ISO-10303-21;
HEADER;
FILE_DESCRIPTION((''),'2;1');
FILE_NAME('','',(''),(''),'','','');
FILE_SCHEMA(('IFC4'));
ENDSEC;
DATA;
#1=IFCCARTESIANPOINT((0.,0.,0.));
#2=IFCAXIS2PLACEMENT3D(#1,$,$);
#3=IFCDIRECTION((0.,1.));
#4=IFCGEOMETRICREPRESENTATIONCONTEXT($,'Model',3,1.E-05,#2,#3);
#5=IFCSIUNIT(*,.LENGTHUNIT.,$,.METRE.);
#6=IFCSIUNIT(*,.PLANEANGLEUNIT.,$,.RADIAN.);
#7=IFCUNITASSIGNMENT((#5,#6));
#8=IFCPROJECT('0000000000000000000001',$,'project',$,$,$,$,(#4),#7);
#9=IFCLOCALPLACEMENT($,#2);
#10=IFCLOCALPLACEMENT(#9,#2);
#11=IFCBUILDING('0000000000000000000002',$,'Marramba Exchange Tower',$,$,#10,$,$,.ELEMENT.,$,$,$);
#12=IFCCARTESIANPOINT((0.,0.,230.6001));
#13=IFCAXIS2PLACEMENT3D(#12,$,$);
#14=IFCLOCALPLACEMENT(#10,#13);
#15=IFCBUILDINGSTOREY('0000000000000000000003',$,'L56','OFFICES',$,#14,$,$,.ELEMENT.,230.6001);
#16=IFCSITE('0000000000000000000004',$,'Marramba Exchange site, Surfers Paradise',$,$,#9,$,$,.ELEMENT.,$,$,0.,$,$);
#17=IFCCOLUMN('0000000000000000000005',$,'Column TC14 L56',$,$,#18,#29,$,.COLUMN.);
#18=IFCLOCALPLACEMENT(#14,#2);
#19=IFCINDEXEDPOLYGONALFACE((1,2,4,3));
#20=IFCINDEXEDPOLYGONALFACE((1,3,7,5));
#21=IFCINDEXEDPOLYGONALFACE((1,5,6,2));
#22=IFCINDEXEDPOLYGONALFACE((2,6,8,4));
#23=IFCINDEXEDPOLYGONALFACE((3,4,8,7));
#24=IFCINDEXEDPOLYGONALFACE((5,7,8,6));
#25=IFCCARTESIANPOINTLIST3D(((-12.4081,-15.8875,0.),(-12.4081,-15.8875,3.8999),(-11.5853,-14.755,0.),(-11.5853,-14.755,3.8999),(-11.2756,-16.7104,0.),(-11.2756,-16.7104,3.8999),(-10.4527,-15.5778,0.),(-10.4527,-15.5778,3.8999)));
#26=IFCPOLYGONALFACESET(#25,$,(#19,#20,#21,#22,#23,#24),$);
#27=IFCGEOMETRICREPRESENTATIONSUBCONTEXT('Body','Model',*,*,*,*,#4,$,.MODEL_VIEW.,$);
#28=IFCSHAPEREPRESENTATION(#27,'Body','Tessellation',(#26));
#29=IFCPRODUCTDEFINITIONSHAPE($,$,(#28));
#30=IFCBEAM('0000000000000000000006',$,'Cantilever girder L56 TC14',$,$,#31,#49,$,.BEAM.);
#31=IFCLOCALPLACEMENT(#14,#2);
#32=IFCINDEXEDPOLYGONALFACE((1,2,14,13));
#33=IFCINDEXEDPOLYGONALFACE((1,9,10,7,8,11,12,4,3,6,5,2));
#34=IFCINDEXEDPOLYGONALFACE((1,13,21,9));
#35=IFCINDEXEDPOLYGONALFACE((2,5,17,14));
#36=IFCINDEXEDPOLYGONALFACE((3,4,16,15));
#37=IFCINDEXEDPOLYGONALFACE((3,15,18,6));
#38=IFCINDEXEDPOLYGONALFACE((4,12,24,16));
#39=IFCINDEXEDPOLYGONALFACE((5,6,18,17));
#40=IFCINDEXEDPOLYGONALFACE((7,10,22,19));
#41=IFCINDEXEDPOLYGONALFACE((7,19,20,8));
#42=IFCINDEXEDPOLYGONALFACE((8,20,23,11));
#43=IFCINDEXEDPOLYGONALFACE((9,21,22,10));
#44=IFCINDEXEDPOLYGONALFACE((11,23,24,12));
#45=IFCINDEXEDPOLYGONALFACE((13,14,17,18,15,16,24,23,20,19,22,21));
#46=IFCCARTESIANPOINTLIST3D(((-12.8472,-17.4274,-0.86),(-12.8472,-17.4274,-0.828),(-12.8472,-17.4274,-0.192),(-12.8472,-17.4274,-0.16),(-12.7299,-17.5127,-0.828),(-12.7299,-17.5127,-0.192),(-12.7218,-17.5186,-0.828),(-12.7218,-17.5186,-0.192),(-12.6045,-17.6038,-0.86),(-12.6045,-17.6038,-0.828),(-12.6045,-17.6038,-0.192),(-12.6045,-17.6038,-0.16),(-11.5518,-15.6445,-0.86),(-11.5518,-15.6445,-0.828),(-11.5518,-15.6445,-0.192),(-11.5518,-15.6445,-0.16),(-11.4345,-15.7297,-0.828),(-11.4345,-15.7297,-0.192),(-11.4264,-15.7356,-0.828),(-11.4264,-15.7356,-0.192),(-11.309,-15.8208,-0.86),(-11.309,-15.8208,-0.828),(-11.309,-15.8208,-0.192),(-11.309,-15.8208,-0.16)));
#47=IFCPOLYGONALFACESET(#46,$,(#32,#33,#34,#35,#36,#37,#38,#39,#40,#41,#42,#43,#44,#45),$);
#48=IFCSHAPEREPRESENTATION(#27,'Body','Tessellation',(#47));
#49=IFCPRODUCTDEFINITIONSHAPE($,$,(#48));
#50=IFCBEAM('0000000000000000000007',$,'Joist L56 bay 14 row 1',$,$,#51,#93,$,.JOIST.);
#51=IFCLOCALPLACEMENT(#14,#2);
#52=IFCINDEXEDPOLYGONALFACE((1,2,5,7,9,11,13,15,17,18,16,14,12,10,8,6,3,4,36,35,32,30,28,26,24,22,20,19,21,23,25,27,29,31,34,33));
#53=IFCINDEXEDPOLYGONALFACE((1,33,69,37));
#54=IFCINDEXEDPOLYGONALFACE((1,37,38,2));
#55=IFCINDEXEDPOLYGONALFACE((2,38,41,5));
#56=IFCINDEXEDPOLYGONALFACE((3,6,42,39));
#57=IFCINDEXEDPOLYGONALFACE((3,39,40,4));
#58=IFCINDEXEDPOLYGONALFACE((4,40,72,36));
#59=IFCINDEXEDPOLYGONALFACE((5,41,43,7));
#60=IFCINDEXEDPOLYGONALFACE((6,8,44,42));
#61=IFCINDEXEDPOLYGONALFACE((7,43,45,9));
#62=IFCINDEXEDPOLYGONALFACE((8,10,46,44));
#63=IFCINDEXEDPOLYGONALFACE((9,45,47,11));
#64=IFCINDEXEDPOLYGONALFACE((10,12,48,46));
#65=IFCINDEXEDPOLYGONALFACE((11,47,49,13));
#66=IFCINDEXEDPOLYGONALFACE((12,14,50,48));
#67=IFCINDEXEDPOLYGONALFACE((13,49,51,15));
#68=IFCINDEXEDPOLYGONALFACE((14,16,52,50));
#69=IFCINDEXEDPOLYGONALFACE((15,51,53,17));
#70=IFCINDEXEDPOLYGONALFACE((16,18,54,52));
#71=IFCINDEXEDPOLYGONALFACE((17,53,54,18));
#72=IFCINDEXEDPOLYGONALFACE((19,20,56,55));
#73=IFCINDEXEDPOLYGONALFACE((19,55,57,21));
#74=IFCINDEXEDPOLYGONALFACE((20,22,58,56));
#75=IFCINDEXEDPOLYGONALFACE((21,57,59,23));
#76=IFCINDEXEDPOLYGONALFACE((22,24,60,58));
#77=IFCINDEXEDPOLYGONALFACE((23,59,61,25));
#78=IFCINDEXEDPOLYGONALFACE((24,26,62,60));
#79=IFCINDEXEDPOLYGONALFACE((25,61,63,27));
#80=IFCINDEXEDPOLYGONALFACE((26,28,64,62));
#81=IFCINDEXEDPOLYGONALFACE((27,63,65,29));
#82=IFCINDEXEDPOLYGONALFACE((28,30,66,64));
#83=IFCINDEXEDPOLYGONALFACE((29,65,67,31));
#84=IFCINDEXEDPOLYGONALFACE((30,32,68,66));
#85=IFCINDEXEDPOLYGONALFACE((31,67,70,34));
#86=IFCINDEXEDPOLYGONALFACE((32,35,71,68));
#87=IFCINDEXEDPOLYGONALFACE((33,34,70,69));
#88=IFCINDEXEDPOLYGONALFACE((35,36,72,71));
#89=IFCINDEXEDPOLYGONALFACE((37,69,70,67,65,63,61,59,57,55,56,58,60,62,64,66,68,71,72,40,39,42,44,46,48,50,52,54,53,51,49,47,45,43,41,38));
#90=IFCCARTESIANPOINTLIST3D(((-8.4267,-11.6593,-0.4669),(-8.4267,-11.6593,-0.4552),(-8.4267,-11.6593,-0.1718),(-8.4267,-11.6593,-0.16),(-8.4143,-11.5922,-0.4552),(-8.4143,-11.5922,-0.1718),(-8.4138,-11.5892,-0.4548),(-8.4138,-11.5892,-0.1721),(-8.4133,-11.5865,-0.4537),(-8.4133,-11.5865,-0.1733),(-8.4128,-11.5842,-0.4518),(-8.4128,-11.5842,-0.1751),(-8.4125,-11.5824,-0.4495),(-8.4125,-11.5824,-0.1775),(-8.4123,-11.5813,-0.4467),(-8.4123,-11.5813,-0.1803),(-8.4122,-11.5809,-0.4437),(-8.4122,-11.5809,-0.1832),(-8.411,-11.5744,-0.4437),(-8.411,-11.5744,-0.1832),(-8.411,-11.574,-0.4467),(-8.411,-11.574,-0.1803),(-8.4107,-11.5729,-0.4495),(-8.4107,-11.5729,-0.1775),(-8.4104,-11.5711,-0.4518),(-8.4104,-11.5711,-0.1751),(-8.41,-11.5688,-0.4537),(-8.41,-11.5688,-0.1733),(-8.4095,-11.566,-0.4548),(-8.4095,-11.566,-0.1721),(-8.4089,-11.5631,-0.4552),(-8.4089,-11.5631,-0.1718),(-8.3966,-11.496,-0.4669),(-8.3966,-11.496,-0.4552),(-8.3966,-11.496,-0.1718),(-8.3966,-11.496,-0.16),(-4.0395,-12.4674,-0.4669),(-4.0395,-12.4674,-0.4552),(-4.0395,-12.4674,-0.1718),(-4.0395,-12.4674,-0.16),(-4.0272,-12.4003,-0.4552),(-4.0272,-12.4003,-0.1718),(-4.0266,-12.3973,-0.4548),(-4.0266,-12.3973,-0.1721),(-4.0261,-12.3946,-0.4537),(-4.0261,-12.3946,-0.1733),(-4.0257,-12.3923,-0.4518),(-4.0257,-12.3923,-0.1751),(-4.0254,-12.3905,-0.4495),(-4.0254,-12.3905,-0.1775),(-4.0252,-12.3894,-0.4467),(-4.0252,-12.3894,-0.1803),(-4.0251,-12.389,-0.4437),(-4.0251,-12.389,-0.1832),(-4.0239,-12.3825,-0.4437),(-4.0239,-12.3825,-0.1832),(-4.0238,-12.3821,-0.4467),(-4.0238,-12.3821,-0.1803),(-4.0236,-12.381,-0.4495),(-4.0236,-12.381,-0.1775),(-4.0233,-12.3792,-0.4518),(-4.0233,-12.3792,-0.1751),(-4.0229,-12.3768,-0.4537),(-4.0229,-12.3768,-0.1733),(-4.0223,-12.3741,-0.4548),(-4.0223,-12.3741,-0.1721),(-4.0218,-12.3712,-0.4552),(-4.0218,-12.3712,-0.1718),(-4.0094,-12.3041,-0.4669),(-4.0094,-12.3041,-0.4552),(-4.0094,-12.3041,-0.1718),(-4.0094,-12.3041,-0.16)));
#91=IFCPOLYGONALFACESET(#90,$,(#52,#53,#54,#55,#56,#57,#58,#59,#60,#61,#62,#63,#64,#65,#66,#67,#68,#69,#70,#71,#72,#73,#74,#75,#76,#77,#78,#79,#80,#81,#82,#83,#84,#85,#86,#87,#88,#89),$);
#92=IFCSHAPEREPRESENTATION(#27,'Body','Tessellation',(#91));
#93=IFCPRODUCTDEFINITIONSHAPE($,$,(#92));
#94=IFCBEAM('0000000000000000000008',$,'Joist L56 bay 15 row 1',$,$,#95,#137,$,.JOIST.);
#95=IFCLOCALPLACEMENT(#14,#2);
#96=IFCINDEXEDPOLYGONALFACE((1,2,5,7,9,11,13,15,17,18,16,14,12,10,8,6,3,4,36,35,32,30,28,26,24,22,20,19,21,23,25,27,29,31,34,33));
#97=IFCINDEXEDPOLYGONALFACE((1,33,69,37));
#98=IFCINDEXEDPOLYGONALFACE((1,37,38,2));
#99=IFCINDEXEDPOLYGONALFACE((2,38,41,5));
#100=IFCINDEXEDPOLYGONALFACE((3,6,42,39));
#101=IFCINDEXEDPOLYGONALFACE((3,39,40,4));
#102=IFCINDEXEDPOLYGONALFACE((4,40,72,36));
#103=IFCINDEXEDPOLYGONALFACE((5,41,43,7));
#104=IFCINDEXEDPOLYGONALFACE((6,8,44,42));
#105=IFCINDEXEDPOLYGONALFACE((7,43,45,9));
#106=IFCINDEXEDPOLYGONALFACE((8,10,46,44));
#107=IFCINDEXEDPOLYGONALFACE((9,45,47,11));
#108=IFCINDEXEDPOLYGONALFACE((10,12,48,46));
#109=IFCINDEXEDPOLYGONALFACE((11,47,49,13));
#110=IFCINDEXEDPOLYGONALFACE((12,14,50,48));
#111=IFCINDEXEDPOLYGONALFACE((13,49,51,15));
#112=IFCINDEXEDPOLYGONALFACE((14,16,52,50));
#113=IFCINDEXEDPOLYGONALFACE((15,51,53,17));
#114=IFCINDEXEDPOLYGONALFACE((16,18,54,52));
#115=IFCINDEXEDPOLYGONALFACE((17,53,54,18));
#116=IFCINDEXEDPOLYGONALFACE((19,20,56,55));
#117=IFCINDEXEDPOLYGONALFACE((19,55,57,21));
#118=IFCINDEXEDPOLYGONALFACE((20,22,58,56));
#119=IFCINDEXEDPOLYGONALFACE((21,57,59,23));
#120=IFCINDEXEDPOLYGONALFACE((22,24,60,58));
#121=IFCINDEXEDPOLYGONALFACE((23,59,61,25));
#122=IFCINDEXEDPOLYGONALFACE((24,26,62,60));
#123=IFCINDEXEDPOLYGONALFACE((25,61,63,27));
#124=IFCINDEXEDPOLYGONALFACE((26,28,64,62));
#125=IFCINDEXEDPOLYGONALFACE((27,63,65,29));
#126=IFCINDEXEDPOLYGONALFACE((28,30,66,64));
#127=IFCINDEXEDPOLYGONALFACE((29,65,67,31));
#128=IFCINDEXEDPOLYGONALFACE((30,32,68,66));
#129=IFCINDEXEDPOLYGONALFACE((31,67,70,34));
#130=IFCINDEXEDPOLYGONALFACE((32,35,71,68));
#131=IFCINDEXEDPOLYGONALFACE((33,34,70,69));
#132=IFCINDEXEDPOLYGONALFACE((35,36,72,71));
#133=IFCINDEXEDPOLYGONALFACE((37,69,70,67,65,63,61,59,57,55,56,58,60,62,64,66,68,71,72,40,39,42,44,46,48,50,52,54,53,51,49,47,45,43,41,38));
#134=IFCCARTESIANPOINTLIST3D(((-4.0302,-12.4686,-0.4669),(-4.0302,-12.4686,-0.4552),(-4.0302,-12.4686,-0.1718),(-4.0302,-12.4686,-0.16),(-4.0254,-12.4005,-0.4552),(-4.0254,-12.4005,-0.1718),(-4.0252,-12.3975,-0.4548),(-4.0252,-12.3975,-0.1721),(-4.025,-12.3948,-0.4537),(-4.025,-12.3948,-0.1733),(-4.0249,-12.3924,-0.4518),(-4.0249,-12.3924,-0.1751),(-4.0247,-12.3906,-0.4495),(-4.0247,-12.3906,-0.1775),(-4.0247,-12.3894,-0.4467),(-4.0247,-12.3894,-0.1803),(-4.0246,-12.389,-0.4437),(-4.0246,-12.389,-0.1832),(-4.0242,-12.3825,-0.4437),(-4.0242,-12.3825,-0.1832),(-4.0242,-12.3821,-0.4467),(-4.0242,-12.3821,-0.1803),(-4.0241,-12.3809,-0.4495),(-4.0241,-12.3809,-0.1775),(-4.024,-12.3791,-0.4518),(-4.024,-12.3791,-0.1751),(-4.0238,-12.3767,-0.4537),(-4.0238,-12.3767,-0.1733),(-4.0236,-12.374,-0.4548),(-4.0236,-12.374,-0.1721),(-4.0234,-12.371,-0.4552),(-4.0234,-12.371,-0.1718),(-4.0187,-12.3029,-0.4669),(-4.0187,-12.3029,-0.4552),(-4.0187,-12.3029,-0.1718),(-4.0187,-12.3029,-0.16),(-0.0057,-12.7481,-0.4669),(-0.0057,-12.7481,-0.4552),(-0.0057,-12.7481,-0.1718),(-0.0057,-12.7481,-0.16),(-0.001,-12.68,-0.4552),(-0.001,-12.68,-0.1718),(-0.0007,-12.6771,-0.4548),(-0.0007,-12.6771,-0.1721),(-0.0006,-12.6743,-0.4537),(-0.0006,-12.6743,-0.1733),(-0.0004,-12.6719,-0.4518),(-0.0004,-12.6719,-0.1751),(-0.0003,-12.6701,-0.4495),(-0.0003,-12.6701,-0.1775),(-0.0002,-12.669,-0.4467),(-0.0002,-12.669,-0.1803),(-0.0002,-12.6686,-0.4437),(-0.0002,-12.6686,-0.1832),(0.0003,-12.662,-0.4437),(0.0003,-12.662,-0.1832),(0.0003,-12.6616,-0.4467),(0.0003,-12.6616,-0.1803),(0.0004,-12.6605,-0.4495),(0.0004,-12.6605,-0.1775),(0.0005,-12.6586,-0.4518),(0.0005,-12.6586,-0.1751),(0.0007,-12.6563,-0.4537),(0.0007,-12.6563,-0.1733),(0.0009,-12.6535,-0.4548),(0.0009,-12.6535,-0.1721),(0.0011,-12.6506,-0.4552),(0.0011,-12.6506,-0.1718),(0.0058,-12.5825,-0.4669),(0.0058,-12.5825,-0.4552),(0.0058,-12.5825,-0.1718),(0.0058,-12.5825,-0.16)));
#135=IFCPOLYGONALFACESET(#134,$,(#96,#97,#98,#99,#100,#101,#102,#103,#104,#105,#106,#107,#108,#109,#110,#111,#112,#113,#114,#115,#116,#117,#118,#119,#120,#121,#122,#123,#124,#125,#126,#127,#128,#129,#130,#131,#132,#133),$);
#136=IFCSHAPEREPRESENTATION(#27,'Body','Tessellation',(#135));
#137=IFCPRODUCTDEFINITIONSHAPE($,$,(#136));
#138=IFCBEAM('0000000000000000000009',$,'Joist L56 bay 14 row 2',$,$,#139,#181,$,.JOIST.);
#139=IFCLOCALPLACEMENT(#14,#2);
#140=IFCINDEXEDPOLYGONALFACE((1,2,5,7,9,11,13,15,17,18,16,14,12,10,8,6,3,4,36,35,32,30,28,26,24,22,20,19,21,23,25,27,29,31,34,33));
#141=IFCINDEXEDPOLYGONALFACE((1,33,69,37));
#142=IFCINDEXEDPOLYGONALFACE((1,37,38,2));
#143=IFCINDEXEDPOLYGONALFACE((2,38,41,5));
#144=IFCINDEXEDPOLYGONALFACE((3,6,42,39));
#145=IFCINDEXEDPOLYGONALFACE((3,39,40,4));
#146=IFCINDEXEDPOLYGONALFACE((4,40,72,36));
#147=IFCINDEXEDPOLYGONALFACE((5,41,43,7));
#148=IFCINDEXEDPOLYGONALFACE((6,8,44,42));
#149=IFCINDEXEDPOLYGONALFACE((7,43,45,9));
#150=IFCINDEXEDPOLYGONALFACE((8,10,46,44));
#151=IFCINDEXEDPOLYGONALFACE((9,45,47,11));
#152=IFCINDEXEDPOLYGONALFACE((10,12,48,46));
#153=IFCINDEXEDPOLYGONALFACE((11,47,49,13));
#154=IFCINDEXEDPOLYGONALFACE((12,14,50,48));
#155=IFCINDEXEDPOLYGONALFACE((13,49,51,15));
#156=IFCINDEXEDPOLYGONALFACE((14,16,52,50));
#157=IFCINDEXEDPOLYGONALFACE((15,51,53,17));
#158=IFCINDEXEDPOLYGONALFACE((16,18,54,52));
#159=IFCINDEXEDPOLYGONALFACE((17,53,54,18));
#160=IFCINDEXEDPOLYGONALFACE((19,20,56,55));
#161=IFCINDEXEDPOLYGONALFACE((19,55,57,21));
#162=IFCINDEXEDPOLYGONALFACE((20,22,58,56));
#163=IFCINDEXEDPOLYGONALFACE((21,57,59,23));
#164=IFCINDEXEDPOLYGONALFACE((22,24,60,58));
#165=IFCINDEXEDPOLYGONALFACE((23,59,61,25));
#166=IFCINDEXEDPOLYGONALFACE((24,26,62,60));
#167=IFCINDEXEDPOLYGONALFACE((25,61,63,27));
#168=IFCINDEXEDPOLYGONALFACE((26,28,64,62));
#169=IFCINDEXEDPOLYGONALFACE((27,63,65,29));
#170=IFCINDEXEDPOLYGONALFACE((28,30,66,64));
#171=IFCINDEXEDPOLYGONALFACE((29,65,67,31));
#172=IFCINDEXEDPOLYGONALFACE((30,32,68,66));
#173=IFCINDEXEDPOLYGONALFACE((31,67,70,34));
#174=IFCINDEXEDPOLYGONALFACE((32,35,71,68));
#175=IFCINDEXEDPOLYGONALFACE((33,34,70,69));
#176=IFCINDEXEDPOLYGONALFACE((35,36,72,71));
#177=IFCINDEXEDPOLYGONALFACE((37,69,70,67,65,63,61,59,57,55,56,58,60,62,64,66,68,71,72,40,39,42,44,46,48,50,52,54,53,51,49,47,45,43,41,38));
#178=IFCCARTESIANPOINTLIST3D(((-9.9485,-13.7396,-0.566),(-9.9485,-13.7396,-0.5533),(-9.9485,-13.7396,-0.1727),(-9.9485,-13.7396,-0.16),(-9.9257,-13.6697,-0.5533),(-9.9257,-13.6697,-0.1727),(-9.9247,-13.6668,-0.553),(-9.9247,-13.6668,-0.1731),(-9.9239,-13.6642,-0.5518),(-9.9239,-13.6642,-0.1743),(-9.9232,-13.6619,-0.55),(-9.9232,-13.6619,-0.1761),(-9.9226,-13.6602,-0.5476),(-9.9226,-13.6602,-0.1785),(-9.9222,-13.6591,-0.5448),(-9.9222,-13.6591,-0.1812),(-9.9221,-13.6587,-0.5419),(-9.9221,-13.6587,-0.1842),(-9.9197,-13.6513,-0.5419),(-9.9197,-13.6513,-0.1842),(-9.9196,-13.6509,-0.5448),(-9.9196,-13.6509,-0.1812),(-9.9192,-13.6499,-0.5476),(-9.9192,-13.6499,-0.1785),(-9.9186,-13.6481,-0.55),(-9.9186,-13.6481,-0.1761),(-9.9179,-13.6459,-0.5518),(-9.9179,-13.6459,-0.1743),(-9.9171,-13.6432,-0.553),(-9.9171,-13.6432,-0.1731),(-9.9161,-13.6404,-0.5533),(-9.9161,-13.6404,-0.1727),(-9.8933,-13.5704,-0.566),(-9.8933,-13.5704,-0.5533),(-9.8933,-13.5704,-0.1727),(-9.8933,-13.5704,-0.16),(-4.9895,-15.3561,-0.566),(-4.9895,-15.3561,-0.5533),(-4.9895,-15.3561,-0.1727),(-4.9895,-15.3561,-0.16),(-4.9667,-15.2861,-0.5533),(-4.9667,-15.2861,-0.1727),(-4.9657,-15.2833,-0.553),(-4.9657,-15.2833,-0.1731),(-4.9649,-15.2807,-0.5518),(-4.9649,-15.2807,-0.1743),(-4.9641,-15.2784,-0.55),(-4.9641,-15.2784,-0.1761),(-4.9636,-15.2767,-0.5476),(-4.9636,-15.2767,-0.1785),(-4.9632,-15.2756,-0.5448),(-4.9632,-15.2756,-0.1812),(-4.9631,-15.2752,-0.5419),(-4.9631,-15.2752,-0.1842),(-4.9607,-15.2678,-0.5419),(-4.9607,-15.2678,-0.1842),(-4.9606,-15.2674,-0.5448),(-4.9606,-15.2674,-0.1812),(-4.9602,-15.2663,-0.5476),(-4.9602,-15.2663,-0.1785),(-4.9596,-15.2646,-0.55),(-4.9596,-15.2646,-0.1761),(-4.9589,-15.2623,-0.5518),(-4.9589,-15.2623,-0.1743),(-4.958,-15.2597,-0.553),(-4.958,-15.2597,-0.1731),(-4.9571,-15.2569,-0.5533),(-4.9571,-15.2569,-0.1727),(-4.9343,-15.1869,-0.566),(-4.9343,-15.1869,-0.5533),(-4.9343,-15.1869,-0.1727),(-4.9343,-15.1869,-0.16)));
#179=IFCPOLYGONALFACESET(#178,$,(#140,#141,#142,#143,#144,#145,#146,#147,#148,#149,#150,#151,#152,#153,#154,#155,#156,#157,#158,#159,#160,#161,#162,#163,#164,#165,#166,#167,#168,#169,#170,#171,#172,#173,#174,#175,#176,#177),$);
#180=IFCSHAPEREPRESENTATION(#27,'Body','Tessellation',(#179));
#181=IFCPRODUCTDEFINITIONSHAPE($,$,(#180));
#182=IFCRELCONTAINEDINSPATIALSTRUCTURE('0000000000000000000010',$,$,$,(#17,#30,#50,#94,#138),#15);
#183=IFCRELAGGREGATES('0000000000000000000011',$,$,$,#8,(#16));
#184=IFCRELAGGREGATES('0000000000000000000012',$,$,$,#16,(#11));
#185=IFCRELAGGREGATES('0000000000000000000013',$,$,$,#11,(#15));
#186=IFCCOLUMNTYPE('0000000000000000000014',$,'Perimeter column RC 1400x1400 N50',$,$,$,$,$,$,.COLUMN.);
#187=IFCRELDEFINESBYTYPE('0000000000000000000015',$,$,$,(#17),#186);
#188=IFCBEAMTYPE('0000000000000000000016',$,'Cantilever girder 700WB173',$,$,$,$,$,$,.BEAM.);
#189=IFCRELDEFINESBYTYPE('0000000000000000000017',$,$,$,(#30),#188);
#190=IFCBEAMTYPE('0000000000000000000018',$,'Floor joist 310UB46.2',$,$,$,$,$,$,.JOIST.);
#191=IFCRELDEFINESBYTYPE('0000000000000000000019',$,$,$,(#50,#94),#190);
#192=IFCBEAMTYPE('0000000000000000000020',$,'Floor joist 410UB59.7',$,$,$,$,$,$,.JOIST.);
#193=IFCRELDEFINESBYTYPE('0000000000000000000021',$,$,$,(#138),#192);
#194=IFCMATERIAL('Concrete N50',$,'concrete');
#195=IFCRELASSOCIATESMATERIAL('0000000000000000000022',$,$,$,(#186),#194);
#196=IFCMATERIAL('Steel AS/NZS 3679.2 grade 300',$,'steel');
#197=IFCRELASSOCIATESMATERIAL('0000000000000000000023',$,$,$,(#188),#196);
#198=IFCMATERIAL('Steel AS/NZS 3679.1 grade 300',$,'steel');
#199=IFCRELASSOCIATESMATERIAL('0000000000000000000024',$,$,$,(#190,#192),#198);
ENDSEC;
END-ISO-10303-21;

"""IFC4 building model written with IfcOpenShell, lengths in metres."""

from ifc_helpers import new_model, si_unit, direction, frame, origin, origin_2d, place, context, subcontext, project, spatial, rectangle, i_section, extrude, material, material_profile, profile_set, type_object, element, save


model = new_model("IFC4")

# Units and contexts
model_context = context("Model", 3, precision=1e-05, world=origin(), true_north=direction((0.0, 1.0)))
body_context = subcontext(model_context, "Body", "Model", "MODEL_VIEW")
ifc_project = project(units=[si_unit("LENGTHUNIT", "METRE"), si_unit("PLANEANGLEUNIT", "RADIAN")], contexts=[model_context])

# Site, building, storey
site_placement = place(None, origin())
site = spatial("IfcSite", under=ifc_project, at=site_placement, Name="Marramba Exchange site, Surfers Paradise", CompositionType="ELEMENT", RefElevation=0.0)
building_placement = place(site_placement, origin())
building = spatial("IfcBuilding", under=site, at=building_placement, Name="Marramba Exchange Tower", CompositionType="ELEMENT")
storey_placement = place(building_placement, frame((0.0, 0.0, 230.6001)))
storey = spatial("IfcBuildingStorey", under=building, at=storey_placement, Name="L56", Description="OFFICES", CompositionType="ELEMENT", Elevation=230.6001)

# Column
ifc_material_1 = material(Name="Concrete N50", Category="concrete")
ifc_material_profile_1 = material_profile(ifc_material_1, rectangle(XDim=1.3999, YDim=1.3999, at=origin_2d()), Name="RC 1400x1400")
ifc_profile_set_1 = profile_set([ifc_material_profile_1], Name="Concrete N50")
column_type = type_object("IfcColumnType", Name="Perimeter column RC 1400x1400 N50", PredefinedType="COLUMN", material=ifc_profile_set_1)
column_placement = place(storey_placement, frame((-11.4304, -15.7327, 0.0), z_axis=(0.0, 0.0, 1.0), x_axis=(-0.587785, -0.809017, 0.0)))
element("IfcColumn", 1, at=column_placement, inside=storey, type_object=column_type, Name="Column TC14 L56", PredefinedType="COLUMN", context=body_context, shape_type="SweptSolid", body=[
    extrude(rectangle(XDim=1.3999, YDim=1.3999, at=origin_2d()), origin(), (0.0, 0.0, 1.0), 3.8999),
])

# Beams
ifc_material_2 = material(Name="Steel AS/NZS 3679.2 grade 300", Category="steel")
ifc_material_profile_2 = material_profile(ifc_material_2, i_section(OverallWidth=0.3, OverallDepth=0.7, WebThickness=0.01, FlangeThickness=0.032, at=origin_2d()), Name="700WB173")
ifc_profile_set_2 = profile_set([ifc_material_profile_2], Name="Steel AS/NZS 3679.2 grade 300")
beam_type_1 = type_object("IfcBeamType", Name="Cantilever girder 700WB173", PredefinedType="BEAM", material=ifc_profile_set_2)
beam_1_placement = place(storey_placement, frame((-11.4304, -15.7327, -0.51), z_axis=(-0.58779, -0.809014, 0.0), x_axis=(0.809014, -0.58779, 0.0)))
element("IfcBeam", 2, at=beam_1_placement, inside=storey, type_object=beam_type_1, Name="Cantilever girder L56 TC14", PredefinedType="BEAM", context=body_context, shape_type="SweptSolid", body=[
    extrude(i_section(OverallWidth=0.3, OverallDepth=0.7, WebThickness=0.01, FlangeThickness=0.032, at=origin_2d()), origin(), (0.0, 0.0, 1.0), 2.2039),
])
ifc_material_3 = material(Name="Steel AS/NZS 3679.1 grade 300", Category="steel")
ifc_material_profile_3 = material_profile(ifc_material_3, i_section(OverallWidth=0.166, OverallDepth=0.3069, WebThickness=0.0066, FlangeThickness=0.0117, FilletRadius=0.0115, at=origin_2d()), Name="310UB46.2")
ifc_profile_set_3 = profile_set([ifc_material_profile_3], Name="Steel AS/NZS 3679.1 grade 300")
beam_type_2 = type_object("IfcBeamType", Name="Floor joist 310UB46.2", PredefinedType="JOIST", material=ifc_profile_set_3)
beam_2_placement = place(storey_placement, frame((-8.4116, -11.5776, -0.3135), z_axis=(0.983456, -0.181149, 0.0), x_axis=(0.181149, 0.983456, 0.0)))
element("IfcBeam", 3, at=beam_2_placement, inside=storey, type_object=beam_type_2, Name="Joist L56 bay 14 row 1", PredefinedType="JOIST", context=body_context, shape_type="SweptSolid", body=[
    extrude(i_section(OverallWidth=0.166, OverallDepth=0.3069, WebThickness=0.0066, FlangeThickness=0.0117, FilletRadius=0.0115, at=origin_2d()), origin(), (0.0, 0.0, 1.0), 4.4609),
])
beam_3_placement = place(storey_placement, frame((-4.0244, -12.3857, -0.3135), z_axis=(0.997596, -0.069294, 0.0), x_axis=(0.069294, 0.997596, 0.0)))
element("IfcBeam", 4, at=beam_3_placement, inside=storey, type_object=beam_type_2, Name="Joist L56 bay 15 row 1", PredefinedType="JOIST", context=body_context, shape_type="SweptSolid", body=[
    extrude(i_section(OverallWidth=0.166, OverallDepth=0.3069, WebThickness=0.0066, FlangeThickness=0.0117, FilletRadius=0.0115, at=origin_2d()), origin(), (0.0, 0.0, 1.0), 4.0342),
])
ifc_material_profile_4 = material_profile(ifc_material_3, i_section(OverallWidth=0.178, OverallDepth=0.406, WebThickness=0.0078, FlangeThickness=0.0127, FilletRadius=0.0115, at=origin_2d()), Name="410UB59.7")
ifc_profile_set_4 = profile_set([ifc_material_profile_4], Name="Steel AS/NZS 3679.1 grade 300")
beam_type_3 = type_object("IfcBeamType", Name="Floor joist 410UB59.7", PredefinedType="JOIST", material=ifc_profile_set_4)
beam_4_placement = place(storey_placement, frame((-9.9209, -13.655, -0.363), z_axis=(0.950764, -0.309916, 0.0), x_axis=(0.309916, 0.950764, 0.0)))
element("IfcBeam", 5, at=beam_4_placement, inside=storey, type_object=beam_type_3, Name="Joist L56 bay 14 row 2", PredefinedType="JOIST", context=body_context, shape_type="SweptSolid", body=[
    extrude(i_section(OverallWidth=0.178, OverallDepth=0.406, WebThickness=0.0078, FlangeThickness=0.0127, FilletRadius=0.0115, at=origin_2d()), origin(), (0.0, 0.0, 1.0), 5.2158),
])

save(model, "model.ifc")
